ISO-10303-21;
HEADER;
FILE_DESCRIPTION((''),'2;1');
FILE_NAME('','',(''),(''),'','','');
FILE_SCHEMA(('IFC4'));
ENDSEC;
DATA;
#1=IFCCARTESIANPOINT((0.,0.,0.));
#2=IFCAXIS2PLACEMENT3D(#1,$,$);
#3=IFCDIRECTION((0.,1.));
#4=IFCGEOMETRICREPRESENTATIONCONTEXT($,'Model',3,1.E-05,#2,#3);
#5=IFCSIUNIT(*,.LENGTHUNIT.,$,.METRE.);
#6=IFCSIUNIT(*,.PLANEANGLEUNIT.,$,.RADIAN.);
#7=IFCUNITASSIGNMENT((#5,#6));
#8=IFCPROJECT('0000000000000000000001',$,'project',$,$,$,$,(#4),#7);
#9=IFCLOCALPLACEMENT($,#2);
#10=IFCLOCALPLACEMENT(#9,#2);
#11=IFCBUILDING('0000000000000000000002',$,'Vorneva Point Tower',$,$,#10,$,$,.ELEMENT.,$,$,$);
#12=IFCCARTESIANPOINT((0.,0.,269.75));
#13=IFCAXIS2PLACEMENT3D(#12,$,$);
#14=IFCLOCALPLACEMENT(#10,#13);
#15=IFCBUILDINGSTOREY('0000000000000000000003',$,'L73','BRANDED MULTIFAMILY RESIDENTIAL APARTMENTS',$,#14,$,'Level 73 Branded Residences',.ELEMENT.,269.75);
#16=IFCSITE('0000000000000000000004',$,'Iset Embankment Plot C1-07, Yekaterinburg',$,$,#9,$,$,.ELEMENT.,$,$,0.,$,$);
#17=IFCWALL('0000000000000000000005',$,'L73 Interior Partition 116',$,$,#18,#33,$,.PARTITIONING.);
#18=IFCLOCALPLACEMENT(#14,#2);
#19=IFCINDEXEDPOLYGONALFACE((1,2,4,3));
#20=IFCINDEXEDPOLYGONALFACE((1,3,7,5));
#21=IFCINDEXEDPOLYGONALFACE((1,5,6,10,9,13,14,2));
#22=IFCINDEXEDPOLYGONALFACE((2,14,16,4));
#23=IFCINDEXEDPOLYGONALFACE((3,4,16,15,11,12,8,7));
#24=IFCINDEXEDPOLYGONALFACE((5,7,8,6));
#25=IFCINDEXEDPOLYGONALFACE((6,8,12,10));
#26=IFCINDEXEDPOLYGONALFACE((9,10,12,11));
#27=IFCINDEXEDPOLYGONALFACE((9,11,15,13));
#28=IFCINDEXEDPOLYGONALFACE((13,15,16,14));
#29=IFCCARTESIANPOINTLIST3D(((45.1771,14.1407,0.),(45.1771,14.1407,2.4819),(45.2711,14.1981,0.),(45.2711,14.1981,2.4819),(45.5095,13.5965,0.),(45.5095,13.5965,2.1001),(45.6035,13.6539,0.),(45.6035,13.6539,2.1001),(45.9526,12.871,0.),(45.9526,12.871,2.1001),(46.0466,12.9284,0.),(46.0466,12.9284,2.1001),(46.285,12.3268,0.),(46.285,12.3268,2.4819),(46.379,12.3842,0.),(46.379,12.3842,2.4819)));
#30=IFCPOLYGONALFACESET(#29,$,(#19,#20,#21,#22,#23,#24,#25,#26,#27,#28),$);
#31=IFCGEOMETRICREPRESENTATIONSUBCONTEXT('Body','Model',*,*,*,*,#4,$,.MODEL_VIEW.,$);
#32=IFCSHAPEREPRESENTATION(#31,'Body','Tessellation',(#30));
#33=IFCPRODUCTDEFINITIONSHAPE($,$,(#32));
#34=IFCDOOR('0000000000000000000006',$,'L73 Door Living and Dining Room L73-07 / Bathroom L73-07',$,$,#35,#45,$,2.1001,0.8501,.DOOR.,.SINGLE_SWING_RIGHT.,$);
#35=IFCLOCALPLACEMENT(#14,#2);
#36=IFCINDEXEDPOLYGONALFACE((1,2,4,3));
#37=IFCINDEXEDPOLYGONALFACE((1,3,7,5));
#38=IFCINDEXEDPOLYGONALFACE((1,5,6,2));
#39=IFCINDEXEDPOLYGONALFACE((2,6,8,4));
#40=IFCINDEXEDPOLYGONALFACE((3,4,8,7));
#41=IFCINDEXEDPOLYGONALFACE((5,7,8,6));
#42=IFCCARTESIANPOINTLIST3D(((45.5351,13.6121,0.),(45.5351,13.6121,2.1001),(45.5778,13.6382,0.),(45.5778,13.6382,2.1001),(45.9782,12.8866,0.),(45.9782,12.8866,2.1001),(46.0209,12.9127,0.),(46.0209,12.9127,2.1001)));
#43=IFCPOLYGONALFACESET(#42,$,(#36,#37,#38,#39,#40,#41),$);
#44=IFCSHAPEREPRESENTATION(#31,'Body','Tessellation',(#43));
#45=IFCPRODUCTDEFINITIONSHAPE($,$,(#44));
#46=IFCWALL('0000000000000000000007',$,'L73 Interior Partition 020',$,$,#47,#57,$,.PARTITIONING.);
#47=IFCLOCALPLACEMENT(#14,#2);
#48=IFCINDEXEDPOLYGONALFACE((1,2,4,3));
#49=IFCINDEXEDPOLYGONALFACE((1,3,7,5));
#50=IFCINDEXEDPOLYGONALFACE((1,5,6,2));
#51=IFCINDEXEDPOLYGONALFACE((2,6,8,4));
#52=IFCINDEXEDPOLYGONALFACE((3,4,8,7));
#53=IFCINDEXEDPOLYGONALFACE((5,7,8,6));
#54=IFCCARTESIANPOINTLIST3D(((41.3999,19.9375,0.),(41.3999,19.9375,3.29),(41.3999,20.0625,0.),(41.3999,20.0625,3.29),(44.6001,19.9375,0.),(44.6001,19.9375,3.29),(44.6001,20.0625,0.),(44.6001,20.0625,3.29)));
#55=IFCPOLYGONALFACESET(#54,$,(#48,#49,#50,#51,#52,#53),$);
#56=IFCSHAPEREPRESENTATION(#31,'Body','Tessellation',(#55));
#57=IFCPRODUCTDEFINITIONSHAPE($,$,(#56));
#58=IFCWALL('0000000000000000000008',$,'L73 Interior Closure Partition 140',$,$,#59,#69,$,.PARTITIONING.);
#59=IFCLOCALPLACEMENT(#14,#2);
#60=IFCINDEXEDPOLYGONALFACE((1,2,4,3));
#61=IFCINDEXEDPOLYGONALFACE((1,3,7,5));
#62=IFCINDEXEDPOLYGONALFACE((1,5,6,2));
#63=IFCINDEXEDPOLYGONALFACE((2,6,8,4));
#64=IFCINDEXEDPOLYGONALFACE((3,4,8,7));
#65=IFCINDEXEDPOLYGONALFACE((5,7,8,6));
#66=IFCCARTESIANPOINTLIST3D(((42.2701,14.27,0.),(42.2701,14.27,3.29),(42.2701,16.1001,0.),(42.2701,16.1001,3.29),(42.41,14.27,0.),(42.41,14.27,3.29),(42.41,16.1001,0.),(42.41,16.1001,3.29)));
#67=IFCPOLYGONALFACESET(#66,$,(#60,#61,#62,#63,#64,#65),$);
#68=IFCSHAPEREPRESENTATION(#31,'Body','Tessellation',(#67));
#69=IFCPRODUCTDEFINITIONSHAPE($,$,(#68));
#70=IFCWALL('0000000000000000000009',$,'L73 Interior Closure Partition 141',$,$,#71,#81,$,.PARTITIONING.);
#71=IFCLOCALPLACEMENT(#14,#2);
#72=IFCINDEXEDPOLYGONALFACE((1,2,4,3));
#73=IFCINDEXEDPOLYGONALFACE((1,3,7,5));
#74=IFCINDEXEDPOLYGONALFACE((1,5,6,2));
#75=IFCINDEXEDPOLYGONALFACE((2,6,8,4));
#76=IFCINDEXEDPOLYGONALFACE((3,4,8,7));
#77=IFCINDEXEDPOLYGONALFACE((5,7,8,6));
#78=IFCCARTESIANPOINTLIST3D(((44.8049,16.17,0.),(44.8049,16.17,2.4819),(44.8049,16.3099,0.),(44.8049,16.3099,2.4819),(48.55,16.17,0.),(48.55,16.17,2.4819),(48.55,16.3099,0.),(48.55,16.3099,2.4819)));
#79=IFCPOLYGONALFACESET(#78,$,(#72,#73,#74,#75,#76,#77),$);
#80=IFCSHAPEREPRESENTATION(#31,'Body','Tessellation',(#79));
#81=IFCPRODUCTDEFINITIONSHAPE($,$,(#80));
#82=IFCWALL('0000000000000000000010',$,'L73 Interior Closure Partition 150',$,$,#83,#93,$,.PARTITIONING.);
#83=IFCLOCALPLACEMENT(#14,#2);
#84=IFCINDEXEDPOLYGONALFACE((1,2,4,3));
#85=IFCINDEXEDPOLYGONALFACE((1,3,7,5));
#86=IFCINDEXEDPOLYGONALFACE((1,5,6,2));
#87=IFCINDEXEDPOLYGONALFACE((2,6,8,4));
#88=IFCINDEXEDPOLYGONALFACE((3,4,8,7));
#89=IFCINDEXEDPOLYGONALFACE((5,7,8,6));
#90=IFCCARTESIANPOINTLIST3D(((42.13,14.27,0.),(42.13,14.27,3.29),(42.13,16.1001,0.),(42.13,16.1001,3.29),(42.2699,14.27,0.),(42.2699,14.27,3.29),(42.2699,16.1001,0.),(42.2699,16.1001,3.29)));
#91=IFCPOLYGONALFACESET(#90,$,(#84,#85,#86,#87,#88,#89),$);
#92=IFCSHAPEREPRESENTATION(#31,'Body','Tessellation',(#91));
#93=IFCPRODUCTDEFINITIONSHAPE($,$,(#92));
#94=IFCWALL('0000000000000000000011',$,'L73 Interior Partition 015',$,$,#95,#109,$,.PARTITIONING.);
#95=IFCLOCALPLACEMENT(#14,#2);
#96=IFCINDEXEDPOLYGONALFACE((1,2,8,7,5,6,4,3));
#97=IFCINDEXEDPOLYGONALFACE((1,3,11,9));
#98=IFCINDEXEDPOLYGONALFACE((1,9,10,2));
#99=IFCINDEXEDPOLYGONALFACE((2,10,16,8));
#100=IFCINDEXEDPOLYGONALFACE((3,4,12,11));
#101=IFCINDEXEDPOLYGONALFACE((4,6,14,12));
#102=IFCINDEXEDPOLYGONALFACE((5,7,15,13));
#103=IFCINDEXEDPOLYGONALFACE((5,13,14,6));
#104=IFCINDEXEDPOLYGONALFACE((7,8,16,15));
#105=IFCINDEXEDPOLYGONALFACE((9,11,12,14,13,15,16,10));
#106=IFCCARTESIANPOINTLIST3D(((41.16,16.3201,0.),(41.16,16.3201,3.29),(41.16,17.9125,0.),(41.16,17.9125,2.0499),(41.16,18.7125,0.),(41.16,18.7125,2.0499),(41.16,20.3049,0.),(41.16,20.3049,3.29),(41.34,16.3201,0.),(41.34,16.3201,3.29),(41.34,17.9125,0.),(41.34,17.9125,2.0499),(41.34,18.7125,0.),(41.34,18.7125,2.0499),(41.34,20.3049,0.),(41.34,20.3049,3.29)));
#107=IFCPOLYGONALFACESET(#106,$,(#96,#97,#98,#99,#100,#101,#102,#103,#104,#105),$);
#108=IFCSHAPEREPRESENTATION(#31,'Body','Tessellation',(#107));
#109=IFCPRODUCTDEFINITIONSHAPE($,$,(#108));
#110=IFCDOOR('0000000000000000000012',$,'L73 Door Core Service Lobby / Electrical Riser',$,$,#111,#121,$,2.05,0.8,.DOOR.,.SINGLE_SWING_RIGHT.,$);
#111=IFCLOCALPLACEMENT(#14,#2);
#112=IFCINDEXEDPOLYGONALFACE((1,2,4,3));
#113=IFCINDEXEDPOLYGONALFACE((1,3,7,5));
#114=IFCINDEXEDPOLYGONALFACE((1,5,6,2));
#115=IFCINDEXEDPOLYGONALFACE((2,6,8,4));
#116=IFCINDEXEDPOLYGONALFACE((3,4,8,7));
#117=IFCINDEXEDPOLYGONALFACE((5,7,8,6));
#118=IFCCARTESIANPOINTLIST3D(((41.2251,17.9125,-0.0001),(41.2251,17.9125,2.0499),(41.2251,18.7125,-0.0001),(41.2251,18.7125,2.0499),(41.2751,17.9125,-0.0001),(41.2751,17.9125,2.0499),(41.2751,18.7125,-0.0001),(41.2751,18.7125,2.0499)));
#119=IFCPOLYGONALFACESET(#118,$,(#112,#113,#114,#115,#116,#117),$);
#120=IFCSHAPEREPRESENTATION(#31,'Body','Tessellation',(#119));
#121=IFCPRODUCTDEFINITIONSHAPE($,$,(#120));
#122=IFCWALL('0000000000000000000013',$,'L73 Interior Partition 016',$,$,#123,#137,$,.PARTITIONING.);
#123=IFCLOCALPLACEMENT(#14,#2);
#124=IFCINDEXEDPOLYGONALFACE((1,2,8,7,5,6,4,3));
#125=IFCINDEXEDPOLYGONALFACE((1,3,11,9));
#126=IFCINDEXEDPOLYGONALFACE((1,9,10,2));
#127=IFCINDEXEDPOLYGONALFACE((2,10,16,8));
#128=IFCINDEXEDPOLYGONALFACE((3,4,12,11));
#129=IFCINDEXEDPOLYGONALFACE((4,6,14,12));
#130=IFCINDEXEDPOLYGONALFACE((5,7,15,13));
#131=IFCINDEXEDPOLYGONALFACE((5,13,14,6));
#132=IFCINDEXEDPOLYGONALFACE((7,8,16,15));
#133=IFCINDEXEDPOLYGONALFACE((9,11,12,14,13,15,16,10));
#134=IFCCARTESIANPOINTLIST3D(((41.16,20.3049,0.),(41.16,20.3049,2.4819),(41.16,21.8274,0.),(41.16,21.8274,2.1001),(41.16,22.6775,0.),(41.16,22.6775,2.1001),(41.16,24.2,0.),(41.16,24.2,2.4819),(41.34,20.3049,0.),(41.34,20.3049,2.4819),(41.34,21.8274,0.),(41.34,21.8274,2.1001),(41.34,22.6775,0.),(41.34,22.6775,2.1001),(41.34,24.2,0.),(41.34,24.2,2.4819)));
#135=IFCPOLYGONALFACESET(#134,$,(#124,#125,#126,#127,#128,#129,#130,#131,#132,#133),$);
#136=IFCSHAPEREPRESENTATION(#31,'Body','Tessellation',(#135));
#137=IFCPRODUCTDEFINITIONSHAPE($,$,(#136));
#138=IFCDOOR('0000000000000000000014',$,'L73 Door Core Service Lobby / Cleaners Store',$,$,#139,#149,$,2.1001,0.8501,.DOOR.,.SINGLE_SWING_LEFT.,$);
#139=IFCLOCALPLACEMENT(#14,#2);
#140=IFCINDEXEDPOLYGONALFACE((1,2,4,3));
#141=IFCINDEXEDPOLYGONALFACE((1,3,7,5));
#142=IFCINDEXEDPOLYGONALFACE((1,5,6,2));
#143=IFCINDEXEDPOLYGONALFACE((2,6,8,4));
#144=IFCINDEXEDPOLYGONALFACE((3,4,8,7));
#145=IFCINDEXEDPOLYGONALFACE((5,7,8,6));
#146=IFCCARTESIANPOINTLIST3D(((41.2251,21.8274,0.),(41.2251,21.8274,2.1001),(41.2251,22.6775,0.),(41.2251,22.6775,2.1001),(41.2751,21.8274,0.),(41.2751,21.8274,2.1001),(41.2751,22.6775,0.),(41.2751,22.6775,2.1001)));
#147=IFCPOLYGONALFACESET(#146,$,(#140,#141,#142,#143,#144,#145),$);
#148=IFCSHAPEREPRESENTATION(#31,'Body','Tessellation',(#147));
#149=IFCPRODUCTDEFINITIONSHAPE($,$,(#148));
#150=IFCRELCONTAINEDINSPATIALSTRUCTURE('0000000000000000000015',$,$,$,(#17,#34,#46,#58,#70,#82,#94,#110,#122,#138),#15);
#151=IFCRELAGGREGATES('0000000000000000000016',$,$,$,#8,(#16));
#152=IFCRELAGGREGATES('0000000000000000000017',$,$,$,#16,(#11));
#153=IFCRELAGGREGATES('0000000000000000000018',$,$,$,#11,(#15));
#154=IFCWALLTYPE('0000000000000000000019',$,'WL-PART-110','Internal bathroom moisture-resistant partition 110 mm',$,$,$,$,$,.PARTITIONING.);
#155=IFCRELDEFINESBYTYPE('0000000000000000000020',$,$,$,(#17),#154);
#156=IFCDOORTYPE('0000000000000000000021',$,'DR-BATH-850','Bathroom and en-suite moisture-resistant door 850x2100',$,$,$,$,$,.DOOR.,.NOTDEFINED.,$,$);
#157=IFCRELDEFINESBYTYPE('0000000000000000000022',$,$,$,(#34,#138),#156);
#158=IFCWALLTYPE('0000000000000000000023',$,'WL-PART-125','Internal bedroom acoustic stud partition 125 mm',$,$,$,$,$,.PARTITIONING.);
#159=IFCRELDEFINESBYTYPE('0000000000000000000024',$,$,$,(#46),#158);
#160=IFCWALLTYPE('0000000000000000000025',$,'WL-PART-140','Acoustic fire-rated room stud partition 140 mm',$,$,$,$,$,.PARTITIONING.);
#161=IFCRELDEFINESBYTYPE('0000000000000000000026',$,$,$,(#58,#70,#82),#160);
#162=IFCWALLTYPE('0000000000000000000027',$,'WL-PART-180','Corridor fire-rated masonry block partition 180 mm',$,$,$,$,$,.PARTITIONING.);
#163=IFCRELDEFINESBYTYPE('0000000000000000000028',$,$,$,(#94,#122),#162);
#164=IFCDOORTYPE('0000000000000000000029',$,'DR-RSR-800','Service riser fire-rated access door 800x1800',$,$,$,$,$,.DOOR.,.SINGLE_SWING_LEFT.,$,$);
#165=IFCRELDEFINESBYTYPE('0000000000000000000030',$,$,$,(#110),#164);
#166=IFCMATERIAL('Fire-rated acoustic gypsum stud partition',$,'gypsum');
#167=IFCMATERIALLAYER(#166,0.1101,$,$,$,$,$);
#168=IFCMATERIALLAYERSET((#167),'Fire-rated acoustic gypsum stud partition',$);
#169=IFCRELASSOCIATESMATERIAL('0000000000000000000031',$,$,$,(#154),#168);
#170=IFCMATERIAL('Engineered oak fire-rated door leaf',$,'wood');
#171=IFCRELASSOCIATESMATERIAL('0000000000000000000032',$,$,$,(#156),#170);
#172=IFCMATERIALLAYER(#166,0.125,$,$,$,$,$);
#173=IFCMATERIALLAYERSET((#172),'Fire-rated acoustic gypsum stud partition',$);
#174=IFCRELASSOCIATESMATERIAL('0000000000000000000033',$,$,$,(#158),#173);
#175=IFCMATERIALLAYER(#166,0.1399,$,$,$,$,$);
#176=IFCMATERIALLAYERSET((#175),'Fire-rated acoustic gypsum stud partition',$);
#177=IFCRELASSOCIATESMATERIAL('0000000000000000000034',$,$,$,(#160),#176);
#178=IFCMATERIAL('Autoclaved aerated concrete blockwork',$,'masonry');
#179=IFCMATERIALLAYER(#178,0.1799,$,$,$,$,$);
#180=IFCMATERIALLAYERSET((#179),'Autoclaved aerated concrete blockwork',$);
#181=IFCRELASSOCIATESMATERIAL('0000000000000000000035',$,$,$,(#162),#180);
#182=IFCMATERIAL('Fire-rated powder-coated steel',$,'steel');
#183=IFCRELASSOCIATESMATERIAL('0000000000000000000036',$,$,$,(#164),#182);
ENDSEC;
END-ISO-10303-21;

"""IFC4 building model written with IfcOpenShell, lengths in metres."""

from ifc_helpers import new_model, si_unit, direction, frame, frame_2d, origin, place, context, subcontext, project, spatial, rectangle, extrude, material, layer, layer_set, type_object, element, fill, save


model = new_model("IFC4")

# Units and contexts
model_context = context("Model", 3, precision=1e-05, world=origin(), true_north=direction((0.0, 1.0)))
body_context = subcontext(model_context, "Body", "Model", "MODEL_VIEW")
ifc_project = project(units=[si_unit("LENGTHUNIT", "METRE"), si_unit("PLANEANGLEUNIT", "RADIAN")], contexts=[model_context])

# Site, building, storey
site_placement = place(None, origin())
site = spatial("IfcSite", under=ifc_project, at=site_placement, Name="Iset Embankment Plot C1-07, Yekaterinburg", CompositionType="ELEMENT", RefElevation=0.0)
building_placement = place(site_placement, origin())
building = spatial("IfcBuilding", under=site, at=building_placement, Name="Vorneva Point Tower", CompositionType="ELEMENT")
storey_placement = place(building_placement, frame((0.0, 0.0, 269.75)))
storey = spatial("IfcBuildingStorey", under=building, at=storey_placement, Name="L73", Description="BRANDED MULTIFAMILY RESIDENTIAL APARTMENTS", LongName="Level 73 Branded Residences", CompositionType="ELEMENT", Elevation=269.75)

# Wall, opening, door
ifc_material_1 = material(Name="Fire-rated acoustic gypsum stud partition", Category="gypsum")
ifc_layer_1 = layer(ifc_material_1, 0.1101)
ifc_layer_set_1 = layer_set([ifc_layer_1], Name="Fire-rated acoustic gypsum stud partition")
wall_type_1 = type_object("IfcWallType", Name="WL-PART-110", Description="Internal bathroom moisture-resistant partition 110 mm", PredefinedType="PARTITIONING", material=ifc_layer_set_1)
wall_1_placement = place(storey_placement, frame((45.2241, 14.1694, 0.0), z_axis=(0.0, 0.0, 1.0), x_axis=(0.521236, -0.853412, 0.0)))
wall_1 = element("IfcWall", 1, at=wall_1_placement, inside=storey, type_object=wall_type_1, Name="L73 Interior Partition 116", PredefinedType="PARTITIONING", context=body_context, shape_type="SweptSolid", body=[
    extrude(rectangle(XDim=2.1255, YDim=0.1101, at=frame_2d((1.0627, 0.0))), origin(), (0.0, 0.0, 1.0), 2.4819),
])
opening_1_placement = place(wall_1_placement, frame((0.6377, 0.0, 0.0)))
opening_1 = element("IfcOpeningElement", 2, at=opening_1_placement, cuts=wall_1, PredefinedType="OPENING", context=body_context, shape_type="SweptSolid", body=[
    extrude(rectangle(XDim=0.8501, YDim=2.1001, at=frame_2d((0.425, 1.05))), frame((0.0, 0.0698, 0.0), z_axis=(0.0, -1.0, 0.0), x_axis=(1.0, 0.0, 0.0)), (0.0, 0.0, 1.0), 0.1399),
])
ifc_material_2 = material(Name="Engineered oak fire-rated door leaf", Category="wood")
door_type_1 = type_object("IfcDoorType", Name="DR-BATH-850", Description="Bathroom and en-suite moisture-resistant door 850x2100", OperationType="NOTDEFINED", PredefinedType="DOOR", material=ifc_material_2)
door_1_placement = place(opening_1_placement, origin())
door_1 = element("IfcDoor", 3, at=door_1_placement, inside=storey, type_object=door_type_1, Name="L73 Door Living and Dining Room L73-07 / Bathroom L73-07", OperationType="SINGLE_SWING_RIGHT", OverallHeight=2.1001, OverallWidth=0.8501, PredefinedType="DOOR", context=body_context, shape_type="SweptSolid", body=[
    extrude(rectangle(XDim=0.8501, YDim=2.1001, at=frame_2d((0.425, 1.05))), frame((0.0, 0.0249, 0.0), z_axis=(0.0, -1.0, 0.0), x_axis=(1.0, 0.0, 0.0)), (0.0, 0.0, 1.0), 0.05),
])
fill(opening_1, door_1)

# Walls
ifc_layer_2 = layer(ifc_material_1, 0.125)
ifc_layer_set_2 = layer_set([ifc_layer_2], Name="Fire-rated acoustic gypsum stud partition")
wall_type_2 = type_object("IfcWallType", Name="WL-PART-125", Description="Internal bedroom acoustic stud partition 125 mm", PredefinedType="PARTITIONING", material=ifc_layer_set_2)
wall_2_placement = place(storey_placement, frame((44.6001, 20.0, 0.0), z_axis=(0.0, 0.0, 1.0), x_axis=(-1.0, 0.0, 0.0)))
element("IfcWall", 4, at=wall_2_placement, inside=storey, type_object=wall_type_2, Name="L73 Interior Partition 020", PredefinedType="PARTITIONING", context=body_context, shape_type="SweptSolid", body=[
    extrude(rectangle(XDim=3.2002, YDim=0.125, at=frame_2d((1.6001, 0.0))), origin(), (0.0, 0.0, 1.0), 3.29),
])
ifc_layer_3 = layer(ifc_material_1, 0.1399)
ifc_layer_set_3 = layer_set([ifc_layer_3], Name="Fire-rated acoustic gypsum stud partition")
wall_type_3 = type_object("IfcWallType", Name="WL-PART-140", Description="Acoustic fire-rated room stud partition 140 mm", PredefinedType="PARTITIONING", material=ifc_layer_set_3)
wall_3_placement = place(storey_placement, frame((42.3401, 14.27, 0.0), z_axis=(0.0, 0.0, 1.0), x_axis=(0.0, 1.0, 0.0)))
element("IfcWall", 5, at=wall_3_placement, inside=storey, type_object=wall_type_3, Name="L73 Interior Closure Partition 140", PredefinedType="PARTITIONING", context=body_context, shape_type="SweptSolid", body=[
    extrude(rectangle(XDim=1.8301, YDim=0.1399, at=frame_2d((0.915, 0.0))), origin(), (0.0, 0.0, 1.0), 3.29),
])
wall_4_placement = place(storey_placement, frame((44.8049, 16.24, 0.0), z_axis=(0.0, 0.0, 1.0), x_axis=(1.0, 0.0, 0.0)))
element("IfcWall", 6, at=wall_4_placement, inside=storey, type_object=wall_type_3, Name="L73 Interior Closure Partition 141", PredefinedType="PARTITIONING", context=body_context, shape_type="SweptSolid", body=[
    extrude(rectangle(XDim=3.7451, YDim=0.1399, at=frame_2d((1.8726, 0.0))), origin(), (0.0, 0.0, 1.0), 2.4819),
])
wall_5_placement = place(storey_placement, frame((42.2, 16.1001, 0.0), z_axis=(0.0, 0.0, 1.0), x_axis=(0.0, -1.0, 0.0)))
element("IfcWall", 7, at=wall_5_placement, inside=storey, type_object=wall_type_3, Name="L73 Interior Closure Partition 150", PredefinedType="PARTITIONING", context=body_context, shape_type="SweptSolid", body=[
    extrude(rectangle(XDim=1.8301, YDim=0.1399, at=frame_2d((0.915, 0.0))), origin(), (0.0, 0.0, 1.0), 3.29),
])

# Walls, openings, doors
ifc_material_3 = material(Name="Autoclaved aerated concrete blockwork", Category="masonry")
ifc_layer_4 = layer(ifc_material_3, 0.1799)
ifc_layer_set_4 = layer_set([ifc_layer_4], Name="Autoclaved aerated concrete blockwork")
wall_type_4 = type_object("IfcWallType", Name="WL-PART-180", Description="Corridor fire-rated masonry block partition 180 mm", PredefinedType="PARTITIONING", material=ifc_layer_set_4)
wall_6_placement = place(storey_placement, frame((41.25, 16.3201, 0.0), z_axis=(0.0, 0.0, 1.0), x_axis=(0.0, 1.0, 0.0)))
wall_6 = element("IfcWall", 8, at=wall_6_placement, inside=storey, type_object=wall_type_4, Name="L73 Interior Partition 015", PredefinedType="PARTITIONING", context=body_context, shape_type="SweptSolid", body=[
    extrude(rectangle(XDim=3.9849, YDim=0.1799, at=frame_2d((1.9924, 0.0))), origin(), (0.0, 0.0, 1.0), 3.29),
])
opening_2_placement = place(wall_6_placement, frame((1.5925, 0.0, 0.0)))
opening_2 = element("IfcOpeningElement", 9, at=opening_2_placement, cuts=wall_6, PredefinedType="OPENING", context=body_context, shape_type="SweptSolid", body=[
    extrude(rectangle(XDim=0.8, YDim=2.05, at=frame_2d((0.3999, 1.0249))), frame((0.0, 0.105, 0.0), z_axis=(0.0, -1.0, 0.0), x_axis=(1.0, 0.0, 0.0)), (0.0, 0.0, 1.0), 0.2097),
])
ifc_material_4 = material(Name="Fire-rated powder-coated steel", Category="steel")
door_type_2 = type_object("IfcDoorType", Name="DR-RSR-800", Description="Service riser fire-rated access door 800x1800", OperationType="SINGLE_SWING_LEFT", PredefinedType="DOOR", material=ifc_material_4)
door_2_placement = place(opening_2_placement, origin())
door_2 = element("IfcDoor", 10, at=door_2_placement, inside=storey, type_object=door_type_2, Name="L73 Door Core Service Lobby / Electrical Riser", OperationType="SINGLE_SWING_RIGHT", OverallHeight=2.05, OverallWidth=0.8, PredefinedType="DOOR", context=body_context, shape_type="SweptSolid", body=[
    extrude(rectangle(XDim=0.8, YDim=2.05, at=frame_2d((0.3999, 1.0249))), frame((0.0, 0.0249, 0.0), z_axis=(0.0, -1.0, 0.0), x_axis=(1.0, 0.0, 0.0)), (0.0, 0.0, 1.0), 0.05),
])
fill(opening_2, door_2)
wall_7_placement = place(storey_placement, frame((41.25, 20.3049, 0.0), z_axis=(0.0, 0.0, 1.0), x_axis=(0.0, 1.0, 0.0)))
wall_7 = element("IfcWall", 11, at=wall_7_placement, inside=storey, type_object=wall_type_4, Name="L73 Interior Partition 016", PredefinedType="PARTITIONING", context=body_context, shape_type="SweptSolid", body=[
    extrude(rectangle(XDim=3.895, YDim=0.1799, at=frame_2d((1.9475, 0.0))), origin(), (0.0, 0.0, 1.0), 2.4819),
])
opening_3_placement = place(wall_7_placement, frame((1.5225, 0.0, 0.0)))
opening_3 = element("IfcOpeningElement", 12, at=opening_3_placement, cuts=wall_7, PredefinedType="OPENING", context=body_context, shape_type="SweptSolid", body=[
    extrude(rectangle(XDim=0.8501, YDim=2.1001, at=frame_2d((0.425, 1.05))), frame((0.0, 0.105, 0.0), z_axis=(0.0, -1.0, 0.0), x_axis=(1.0, 0.0, 0.0)), (0.0, 0.0, 1.0), 0.2097),
])
door_3_placement = place(opening_3_placement, origin())
door_3 = element("IfcDoor", 13, at=door_3_placement, inside=storey, type_object=door_type_1, Name="L73 Door Core Service Lobby / Cleaners Store", OperationType="SINGLE_SWING_LEFT", OverallHeight=2.1001, OverallWidth=0.8501, PredefinedType="DOOR", context=body_context, shape_type="SweptSolid", body=[
    extrude(rectangle(XDim=0.8501, YDim=2.1001, at=frame_2d((0.425, 1.05))), frame((0.0, 0.0249, 0.0), z_axis=(0.0, -1.0, 0.0), x_axis=(1.0, 0.0, 0.0)), (0.0, 0.0, 1.0), 0.05),
])
fill(opening_3, door_3)

save(model, "model.ifc")
